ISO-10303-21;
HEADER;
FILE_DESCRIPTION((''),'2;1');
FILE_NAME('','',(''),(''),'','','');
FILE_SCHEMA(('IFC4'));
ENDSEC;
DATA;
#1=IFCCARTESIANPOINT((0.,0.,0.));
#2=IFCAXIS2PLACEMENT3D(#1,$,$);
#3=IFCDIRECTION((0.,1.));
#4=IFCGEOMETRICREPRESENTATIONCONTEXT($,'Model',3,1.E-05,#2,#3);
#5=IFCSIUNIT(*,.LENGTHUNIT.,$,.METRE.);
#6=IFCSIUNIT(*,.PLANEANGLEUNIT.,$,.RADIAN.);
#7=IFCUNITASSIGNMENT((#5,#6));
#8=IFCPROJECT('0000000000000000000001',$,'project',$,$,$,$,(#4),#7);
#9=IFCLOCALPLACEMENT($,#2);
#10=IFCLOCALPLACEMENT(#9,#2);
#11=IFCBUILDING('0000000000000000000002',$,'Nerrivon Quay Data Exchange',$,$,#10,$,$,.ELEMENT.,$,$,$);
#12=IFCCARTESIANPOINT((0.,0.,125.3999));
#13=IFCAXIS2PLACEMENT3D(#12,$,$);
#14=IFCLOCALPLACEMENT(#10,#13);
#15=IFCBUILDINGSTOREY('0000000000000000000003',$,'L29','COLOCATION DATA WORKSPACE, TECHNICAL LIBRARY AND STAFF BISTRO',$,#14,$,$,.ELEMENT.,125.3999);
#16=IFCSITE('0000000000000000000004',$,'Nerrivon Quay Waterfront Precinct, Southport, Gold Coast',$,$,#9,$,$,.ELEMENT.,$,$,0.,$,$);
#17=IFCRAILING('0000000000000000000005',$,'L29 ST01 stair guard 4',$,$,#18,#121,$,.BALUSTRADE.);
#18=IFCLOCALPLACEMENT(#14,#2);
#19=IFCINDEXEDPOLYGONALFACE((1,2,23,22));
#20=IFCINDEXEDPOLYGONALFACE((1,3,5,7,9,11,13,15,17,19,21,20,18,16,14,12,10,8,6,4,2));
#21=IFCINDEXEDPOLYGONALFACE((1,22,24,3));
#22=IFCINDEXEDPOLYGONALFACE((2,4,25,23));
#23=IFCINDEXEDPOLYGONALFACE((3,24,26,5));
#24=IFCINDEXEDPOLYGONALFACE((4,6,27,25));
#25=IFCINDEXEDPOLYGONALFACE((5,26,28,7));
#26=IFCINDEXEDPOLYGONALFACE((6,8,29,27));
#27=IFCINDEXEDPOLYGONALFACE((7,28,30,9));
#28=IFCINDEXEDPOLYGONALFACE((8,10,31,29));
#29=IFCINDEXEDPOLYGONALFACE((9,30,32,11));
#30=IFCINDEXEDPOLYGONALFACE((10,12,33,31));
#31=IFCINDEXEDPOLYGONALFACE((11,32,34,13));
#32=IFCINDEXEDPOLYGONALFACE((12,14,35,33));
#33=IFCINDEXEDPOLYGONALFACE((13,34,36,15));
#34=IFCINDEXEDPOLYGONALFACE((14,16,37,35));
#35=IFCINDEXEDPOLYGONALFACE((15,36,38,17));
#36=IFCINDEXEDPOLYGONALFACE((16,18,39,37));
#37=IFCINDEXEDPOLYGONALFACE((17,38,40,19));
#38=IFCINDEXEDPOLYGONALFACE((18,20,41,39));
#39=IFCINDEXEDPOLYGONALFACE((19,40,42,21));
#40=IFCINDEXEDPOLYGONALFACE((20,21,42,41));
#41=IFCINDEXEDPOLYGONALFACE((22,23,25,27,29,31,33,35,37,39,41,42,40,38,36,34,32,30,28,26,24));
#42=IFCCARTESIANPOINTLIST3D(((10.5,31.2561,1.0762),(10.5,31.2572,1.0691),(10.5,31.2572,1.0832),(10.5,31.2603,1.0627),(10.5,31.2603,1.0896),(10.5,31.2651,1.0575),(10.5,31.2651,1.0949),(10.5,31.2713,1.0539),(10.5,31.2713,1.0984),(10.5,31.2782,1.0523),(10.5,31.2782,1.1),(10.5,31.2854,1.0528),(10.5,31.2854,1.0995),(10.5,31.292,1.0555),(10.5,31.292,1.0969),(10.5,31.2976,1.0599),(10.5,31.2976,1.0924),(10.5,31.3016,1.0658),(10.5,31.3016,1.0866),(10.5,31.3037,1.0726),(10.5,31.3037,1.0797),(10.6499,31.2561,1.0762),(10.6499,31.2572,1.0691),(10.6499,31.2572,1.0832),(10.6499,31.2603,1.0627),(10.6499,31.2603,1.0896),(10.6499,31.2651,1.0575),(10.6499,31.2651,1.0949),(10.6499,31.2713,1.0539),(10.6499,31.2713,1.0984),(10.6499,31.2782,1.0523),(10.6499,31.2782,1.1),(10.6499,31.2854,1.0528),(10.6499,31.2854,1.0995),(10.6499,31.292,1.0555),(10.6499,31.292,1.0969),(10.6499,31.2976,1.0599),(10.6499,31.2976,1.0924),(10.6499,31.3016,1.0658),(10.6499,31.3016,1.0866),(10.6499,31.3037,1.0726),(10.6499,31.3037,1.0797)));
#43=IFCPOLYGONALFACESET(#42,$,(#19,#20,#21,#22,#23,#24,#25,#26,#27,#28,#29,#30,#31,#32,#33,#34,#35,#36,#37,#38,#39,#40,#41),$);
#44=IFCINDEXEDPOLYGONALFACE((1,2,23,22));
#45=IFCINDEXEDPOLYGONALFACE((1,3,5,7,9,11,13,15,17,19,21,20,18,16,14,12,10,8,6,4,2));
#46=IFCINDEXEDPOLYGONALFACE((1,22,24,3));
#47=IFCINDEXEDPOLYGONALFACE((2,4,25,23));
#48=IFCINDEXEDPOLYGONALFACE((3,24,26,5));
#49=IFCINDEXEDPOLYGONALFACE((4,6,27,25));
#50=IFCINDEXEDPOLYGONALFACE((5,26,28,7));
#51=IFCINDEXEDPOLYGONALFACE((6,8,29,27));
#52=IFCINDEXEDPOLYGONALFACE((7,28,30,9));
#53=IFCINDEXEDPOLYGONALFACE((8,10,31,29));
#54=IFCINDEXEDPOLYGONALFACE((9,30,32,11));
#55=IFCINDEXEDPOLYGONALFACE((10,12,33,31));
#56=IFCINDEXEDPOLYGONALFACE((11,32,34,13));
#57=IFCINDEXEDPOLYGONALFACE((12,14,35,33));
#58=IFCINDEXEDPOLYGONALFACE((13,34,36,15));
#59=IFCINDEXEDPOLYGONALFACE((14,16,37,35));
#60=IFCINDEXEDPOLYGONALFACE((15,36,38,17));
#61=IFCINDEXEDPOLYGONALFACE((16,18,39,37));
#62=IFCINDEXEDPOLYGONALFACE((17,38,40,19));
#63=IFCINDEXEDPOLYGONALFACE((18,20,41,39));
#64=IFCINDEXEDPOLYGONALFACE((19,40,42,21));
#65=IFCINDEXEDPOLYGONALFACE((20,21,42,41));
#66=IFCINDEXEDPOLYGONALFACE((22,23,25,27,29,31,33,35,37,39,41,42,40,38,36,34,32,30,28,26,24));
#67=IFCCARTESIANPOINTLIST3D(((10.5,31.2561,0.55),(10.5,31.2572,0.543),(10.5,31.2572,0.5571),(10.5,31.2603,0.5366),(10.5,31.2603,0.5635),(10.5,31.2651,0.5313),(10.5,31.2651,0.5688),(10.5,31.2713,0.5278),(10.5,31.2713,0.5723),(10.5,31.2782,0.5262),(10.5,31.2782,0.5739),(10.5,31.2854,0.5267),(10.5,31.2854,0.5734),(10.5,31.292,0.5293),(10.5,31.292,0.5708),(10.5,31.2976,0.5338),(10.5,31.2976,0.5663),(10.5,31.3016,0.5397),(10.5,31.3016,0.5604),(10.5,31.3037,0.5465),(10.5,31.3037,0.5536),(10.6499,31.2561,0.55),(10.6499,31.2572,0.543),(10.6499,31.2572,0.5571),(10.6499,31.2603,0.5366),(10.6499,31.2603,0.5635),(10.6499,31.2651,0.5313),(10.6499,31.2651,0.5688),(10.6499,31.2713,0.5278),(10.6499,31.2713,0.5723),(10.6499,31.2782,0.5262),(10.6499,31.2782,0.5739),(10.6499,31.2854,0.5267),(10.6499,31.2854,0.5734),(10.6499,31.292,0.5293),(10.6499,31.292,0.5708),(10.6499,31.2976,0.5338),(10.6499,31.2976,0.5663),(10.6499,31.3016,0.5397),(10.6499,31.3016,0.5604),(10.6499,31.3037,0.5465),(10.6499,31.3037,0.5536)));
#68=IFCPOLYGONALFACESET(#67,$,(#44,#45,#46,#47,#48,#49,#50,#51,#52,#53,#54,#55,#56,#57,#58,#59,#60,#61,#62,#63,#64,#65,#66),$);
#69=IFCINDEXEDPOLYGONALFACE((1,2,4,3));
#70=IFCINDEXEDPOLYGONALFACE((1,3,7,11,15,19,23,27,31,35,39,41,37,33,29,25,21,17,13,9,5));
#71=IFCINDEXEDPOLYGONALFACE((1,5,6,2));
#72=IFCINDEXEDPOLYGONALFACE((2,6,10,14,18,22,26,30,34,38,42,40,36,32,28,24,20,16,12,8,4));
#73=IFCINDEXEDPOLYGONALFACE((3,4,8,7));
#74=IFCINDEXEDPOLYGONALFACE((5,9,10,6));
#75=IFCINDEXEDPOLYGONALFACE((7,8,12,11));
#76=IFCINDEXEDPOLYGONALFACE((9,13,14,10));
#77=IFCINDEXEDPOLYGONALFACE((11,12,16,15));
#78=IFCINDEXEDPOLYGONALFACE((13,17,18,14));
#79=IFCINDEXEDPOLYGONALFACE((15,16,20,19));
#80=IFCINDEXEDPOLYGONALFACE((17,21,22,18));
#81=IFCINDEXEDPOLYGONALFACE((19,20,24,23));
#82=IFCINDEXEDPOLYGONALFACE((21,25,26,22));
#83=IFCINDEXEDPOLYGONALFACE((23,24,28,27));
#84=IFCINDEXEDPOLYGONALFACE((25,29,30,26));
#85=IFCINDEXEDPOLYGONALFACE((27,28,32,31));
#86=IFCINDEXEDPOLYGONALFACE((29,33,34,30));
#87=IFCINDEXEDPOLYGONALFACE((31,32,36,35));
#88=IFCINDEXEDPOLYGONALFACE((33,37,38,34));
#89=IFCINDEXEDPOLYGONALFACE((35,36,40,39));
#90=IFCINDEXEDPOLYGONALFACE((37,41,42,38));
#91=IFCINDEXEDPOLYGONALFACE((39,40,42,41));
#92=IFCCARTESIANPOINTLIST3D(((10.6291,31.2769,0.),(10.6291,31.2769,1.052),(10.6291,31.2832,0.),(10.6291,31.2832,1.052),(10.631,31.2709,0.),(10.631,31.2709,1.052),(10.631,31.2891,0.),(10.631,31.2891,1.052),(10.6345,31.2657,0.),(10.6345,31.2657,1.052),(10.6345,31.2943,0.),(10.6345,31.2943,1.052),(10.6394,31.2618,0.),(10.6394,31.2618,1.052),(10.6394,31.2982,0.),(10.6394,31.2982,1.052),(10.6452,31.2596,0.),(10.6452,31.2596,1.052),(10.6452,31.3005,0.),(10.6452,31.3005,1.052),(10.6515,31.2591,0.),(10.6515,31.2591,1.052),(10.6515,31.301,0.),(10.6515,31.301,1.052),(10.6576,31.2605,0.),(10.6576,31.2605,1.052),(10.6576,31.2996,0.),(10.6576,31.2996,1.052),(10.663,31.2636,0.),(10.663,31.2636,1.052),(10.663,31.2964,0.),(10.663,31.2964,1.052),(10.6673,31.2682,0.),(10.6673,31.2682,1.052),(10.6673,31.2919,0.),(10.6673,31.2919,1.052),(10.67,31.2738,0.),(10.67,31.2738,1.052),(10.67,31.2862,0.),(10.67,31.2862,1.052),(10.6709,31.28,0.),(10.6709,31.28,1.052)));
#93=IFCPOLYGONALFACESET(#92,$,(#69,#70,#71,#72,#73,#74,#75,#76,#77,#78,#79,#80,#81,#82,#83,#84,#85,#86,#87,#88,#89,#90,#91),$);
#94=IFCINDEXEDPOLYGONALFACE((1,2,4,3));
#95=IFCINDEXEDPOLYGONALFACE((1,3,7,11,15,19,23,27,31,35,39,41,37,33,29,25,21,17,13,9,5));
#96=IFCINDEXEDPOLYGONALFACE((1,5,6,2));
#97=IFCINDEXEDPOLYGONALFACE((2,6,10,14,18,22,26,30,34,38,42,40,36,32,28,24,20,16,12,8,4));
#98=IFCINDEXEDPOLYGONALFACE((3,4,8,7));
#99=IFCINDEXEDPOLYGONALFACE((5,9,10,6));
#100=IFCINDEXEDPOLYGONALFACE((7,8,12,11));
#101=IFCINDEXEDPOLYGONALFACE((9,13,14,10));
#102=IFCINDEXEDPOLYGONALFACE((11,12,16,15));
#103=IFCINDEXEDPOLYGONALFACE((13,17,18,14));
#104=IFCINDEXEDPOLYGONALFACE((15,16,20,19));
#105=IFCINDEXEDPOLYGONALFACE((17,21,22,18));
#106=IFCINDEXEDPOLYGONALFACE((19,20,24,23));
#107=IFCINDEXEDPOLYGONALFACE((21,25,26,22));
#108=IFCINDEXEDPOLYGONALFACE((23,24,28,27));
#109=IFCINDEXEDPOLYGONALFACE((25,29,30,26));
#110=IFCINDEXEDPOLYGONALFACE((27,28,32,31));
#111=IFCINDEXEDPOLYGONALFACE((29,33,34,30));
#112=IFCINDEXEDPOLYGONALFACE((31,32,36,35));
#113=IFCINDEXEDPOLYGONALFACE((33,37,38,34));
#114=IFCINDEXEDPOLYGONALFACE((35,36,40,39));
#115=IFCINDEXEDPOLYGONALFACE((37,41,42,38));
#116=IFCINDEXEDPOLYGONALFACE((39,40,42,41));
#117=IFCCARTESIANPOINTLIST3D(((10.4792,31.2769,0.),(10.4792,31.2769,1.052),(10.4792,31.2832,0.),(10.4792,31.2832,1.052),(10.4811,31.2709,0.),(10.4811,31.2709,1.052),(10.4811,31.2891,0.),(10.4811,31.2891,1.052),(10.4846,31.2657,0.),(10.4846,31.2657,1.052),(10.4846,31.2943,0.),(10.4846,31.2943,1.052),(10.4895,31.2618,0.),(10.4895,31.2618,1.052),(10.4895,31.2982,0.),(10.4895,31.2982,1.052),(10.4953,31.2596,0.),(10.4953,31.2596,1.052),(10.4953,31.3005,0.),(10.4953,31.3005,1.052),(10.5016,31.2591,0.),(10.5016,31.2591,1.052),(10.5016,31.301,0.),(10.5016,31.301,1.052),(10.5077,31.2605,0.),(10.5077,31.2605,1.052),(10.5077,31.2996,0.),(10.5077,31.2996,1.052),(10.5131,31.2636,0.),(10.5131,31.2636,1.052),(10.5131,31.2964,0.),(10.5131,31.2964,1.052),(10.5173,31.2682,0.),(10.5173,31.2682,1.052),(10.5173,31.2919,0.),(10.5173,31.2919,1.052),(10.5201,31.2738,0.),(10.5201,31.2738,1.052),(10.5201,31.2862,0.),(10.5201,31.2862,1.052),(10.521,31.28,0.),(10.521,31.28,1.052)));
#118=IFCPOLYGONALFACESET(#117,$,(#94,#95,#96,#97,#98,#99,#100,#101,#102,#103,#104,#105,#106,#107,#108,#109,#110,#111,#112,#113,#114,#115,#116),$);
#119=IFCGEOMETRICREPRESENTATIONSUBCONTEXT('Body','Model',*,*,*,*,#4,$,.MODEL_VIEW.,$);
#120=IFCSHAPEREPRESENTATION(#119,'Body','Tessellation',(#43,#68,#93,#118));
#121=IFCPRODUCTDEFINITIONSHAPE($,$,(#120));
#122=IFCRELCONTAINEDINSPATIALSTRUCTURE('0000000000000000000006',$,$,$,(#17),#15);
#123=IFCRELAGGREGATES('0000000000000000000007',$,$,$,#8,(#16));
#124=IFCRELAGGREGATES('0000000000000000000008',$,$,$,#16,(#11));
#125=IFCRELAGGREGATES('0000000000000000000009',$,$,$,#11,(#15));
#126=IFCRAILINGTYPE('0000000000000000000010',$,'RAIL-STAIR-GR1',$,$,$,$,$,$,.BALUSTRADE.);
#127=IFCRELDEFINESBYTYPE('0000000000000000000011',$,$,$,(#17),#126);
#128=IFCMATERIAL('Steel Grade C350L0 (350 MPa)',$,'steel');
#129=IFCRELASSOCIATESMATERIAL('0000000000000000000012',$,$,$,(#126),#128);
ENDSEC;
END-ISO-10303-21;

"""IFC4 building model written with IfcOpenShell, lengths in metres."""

from ifc_helpers import new_model, si_unit, direction, frame, origin, origin_2d, place, context, subcontext, project, spatial, circle, extrude, material, type_object, element, save


model = new_model("IFC4")

# Units and contexts
model_context = context("Model", 3, precision=1e-05, world=origin(), true_north=direction((0.0, 1.0)))
body_context = subcontext(model_context, "Body", "Model", "MODEL_VIEW")
ifc_project = project(units=[si_unit("LENGTHUNIT", "METRE"), si_unit("PLANEANGLEUNIT", "RADIAN")], contexts=[model_context])

# Site, building, storey
site_placement = place(None, origin())
site = spatial("IfcSite", under=ifc_project, at=site_placement, Name="Nerrivon Quay Waterfront Precinct, Southport, Gold Coast", CompositionType="ELEMENT", RefElevation=0.0)
building_placement = place(site_placement, origin())
building = spatial("IfcBuilding", under=site, at=building_placement, Name="Nerrivon Quay Data Exchange", CompositionType="ELEMENT")
storey_placement = place(building_placement, frame((0.0, 0.0, 125.3999)))
storey = spatial("IfcBuildingStorey", under=building, at=storey_placement, Name="L29", Description="COLOCATION DATA WORKSPACE, TECHNICAL LIBRARY AND STAFF BISTRO", CompositionType="ELEMENT", Elevation=125.3999)

# Railing
ifc_material_1 = material(Name="Steel Grade C350L0 (350 MPa)", Category="steel")
railing_type_1 = type_object("IfcRailingType", Name="RAIL-STAIR-GR1", PredefinedType="BALUSTRADE", material=ifc_material_1)
railing_1_placement = place(storey_placement, frame((10.6499, 31.28, 0.0)))
element("IfcRailing", 1, at=railing_1_placement, inside=storey, type_object=railing_type_1, Name="L29 ST01 stair guard 4", PredefinedType="BALUSTRADE", context=body_context, shape_type="SweptSolid", body=[
    extrude(circle(Radius=0.0239, at=origin_2d()), frame((0.0, 0.0, 1.0762), z_axis=(-1.0, 0.0, 0.0), x_axis=(0.0, -1.0, 0.0)), (0.0, 0.0, 1.0), 0.1499),
    extrude(circle(Radius=0.0239, at=origin_2d()), frame((0.0, 0.0, 0.55), z_axis=(-1.0, 0.0, 0.0), x_axis=(0.0, -1.0, 0.0)), (0.0, 0.0, 1.0), 0.1499),
    extrude(circle(Radius=0.021, at=origin_2d()), origin(), (0.0, 0.0, 1.0), 1.052),
    extrude(circle(Radius=0.021, at=origin_2d()), frame((-0.1499, 0.0, 0.0)), (0.0, 0.0, 1.0), 1.052),
])

save(model, "model.ifc")
